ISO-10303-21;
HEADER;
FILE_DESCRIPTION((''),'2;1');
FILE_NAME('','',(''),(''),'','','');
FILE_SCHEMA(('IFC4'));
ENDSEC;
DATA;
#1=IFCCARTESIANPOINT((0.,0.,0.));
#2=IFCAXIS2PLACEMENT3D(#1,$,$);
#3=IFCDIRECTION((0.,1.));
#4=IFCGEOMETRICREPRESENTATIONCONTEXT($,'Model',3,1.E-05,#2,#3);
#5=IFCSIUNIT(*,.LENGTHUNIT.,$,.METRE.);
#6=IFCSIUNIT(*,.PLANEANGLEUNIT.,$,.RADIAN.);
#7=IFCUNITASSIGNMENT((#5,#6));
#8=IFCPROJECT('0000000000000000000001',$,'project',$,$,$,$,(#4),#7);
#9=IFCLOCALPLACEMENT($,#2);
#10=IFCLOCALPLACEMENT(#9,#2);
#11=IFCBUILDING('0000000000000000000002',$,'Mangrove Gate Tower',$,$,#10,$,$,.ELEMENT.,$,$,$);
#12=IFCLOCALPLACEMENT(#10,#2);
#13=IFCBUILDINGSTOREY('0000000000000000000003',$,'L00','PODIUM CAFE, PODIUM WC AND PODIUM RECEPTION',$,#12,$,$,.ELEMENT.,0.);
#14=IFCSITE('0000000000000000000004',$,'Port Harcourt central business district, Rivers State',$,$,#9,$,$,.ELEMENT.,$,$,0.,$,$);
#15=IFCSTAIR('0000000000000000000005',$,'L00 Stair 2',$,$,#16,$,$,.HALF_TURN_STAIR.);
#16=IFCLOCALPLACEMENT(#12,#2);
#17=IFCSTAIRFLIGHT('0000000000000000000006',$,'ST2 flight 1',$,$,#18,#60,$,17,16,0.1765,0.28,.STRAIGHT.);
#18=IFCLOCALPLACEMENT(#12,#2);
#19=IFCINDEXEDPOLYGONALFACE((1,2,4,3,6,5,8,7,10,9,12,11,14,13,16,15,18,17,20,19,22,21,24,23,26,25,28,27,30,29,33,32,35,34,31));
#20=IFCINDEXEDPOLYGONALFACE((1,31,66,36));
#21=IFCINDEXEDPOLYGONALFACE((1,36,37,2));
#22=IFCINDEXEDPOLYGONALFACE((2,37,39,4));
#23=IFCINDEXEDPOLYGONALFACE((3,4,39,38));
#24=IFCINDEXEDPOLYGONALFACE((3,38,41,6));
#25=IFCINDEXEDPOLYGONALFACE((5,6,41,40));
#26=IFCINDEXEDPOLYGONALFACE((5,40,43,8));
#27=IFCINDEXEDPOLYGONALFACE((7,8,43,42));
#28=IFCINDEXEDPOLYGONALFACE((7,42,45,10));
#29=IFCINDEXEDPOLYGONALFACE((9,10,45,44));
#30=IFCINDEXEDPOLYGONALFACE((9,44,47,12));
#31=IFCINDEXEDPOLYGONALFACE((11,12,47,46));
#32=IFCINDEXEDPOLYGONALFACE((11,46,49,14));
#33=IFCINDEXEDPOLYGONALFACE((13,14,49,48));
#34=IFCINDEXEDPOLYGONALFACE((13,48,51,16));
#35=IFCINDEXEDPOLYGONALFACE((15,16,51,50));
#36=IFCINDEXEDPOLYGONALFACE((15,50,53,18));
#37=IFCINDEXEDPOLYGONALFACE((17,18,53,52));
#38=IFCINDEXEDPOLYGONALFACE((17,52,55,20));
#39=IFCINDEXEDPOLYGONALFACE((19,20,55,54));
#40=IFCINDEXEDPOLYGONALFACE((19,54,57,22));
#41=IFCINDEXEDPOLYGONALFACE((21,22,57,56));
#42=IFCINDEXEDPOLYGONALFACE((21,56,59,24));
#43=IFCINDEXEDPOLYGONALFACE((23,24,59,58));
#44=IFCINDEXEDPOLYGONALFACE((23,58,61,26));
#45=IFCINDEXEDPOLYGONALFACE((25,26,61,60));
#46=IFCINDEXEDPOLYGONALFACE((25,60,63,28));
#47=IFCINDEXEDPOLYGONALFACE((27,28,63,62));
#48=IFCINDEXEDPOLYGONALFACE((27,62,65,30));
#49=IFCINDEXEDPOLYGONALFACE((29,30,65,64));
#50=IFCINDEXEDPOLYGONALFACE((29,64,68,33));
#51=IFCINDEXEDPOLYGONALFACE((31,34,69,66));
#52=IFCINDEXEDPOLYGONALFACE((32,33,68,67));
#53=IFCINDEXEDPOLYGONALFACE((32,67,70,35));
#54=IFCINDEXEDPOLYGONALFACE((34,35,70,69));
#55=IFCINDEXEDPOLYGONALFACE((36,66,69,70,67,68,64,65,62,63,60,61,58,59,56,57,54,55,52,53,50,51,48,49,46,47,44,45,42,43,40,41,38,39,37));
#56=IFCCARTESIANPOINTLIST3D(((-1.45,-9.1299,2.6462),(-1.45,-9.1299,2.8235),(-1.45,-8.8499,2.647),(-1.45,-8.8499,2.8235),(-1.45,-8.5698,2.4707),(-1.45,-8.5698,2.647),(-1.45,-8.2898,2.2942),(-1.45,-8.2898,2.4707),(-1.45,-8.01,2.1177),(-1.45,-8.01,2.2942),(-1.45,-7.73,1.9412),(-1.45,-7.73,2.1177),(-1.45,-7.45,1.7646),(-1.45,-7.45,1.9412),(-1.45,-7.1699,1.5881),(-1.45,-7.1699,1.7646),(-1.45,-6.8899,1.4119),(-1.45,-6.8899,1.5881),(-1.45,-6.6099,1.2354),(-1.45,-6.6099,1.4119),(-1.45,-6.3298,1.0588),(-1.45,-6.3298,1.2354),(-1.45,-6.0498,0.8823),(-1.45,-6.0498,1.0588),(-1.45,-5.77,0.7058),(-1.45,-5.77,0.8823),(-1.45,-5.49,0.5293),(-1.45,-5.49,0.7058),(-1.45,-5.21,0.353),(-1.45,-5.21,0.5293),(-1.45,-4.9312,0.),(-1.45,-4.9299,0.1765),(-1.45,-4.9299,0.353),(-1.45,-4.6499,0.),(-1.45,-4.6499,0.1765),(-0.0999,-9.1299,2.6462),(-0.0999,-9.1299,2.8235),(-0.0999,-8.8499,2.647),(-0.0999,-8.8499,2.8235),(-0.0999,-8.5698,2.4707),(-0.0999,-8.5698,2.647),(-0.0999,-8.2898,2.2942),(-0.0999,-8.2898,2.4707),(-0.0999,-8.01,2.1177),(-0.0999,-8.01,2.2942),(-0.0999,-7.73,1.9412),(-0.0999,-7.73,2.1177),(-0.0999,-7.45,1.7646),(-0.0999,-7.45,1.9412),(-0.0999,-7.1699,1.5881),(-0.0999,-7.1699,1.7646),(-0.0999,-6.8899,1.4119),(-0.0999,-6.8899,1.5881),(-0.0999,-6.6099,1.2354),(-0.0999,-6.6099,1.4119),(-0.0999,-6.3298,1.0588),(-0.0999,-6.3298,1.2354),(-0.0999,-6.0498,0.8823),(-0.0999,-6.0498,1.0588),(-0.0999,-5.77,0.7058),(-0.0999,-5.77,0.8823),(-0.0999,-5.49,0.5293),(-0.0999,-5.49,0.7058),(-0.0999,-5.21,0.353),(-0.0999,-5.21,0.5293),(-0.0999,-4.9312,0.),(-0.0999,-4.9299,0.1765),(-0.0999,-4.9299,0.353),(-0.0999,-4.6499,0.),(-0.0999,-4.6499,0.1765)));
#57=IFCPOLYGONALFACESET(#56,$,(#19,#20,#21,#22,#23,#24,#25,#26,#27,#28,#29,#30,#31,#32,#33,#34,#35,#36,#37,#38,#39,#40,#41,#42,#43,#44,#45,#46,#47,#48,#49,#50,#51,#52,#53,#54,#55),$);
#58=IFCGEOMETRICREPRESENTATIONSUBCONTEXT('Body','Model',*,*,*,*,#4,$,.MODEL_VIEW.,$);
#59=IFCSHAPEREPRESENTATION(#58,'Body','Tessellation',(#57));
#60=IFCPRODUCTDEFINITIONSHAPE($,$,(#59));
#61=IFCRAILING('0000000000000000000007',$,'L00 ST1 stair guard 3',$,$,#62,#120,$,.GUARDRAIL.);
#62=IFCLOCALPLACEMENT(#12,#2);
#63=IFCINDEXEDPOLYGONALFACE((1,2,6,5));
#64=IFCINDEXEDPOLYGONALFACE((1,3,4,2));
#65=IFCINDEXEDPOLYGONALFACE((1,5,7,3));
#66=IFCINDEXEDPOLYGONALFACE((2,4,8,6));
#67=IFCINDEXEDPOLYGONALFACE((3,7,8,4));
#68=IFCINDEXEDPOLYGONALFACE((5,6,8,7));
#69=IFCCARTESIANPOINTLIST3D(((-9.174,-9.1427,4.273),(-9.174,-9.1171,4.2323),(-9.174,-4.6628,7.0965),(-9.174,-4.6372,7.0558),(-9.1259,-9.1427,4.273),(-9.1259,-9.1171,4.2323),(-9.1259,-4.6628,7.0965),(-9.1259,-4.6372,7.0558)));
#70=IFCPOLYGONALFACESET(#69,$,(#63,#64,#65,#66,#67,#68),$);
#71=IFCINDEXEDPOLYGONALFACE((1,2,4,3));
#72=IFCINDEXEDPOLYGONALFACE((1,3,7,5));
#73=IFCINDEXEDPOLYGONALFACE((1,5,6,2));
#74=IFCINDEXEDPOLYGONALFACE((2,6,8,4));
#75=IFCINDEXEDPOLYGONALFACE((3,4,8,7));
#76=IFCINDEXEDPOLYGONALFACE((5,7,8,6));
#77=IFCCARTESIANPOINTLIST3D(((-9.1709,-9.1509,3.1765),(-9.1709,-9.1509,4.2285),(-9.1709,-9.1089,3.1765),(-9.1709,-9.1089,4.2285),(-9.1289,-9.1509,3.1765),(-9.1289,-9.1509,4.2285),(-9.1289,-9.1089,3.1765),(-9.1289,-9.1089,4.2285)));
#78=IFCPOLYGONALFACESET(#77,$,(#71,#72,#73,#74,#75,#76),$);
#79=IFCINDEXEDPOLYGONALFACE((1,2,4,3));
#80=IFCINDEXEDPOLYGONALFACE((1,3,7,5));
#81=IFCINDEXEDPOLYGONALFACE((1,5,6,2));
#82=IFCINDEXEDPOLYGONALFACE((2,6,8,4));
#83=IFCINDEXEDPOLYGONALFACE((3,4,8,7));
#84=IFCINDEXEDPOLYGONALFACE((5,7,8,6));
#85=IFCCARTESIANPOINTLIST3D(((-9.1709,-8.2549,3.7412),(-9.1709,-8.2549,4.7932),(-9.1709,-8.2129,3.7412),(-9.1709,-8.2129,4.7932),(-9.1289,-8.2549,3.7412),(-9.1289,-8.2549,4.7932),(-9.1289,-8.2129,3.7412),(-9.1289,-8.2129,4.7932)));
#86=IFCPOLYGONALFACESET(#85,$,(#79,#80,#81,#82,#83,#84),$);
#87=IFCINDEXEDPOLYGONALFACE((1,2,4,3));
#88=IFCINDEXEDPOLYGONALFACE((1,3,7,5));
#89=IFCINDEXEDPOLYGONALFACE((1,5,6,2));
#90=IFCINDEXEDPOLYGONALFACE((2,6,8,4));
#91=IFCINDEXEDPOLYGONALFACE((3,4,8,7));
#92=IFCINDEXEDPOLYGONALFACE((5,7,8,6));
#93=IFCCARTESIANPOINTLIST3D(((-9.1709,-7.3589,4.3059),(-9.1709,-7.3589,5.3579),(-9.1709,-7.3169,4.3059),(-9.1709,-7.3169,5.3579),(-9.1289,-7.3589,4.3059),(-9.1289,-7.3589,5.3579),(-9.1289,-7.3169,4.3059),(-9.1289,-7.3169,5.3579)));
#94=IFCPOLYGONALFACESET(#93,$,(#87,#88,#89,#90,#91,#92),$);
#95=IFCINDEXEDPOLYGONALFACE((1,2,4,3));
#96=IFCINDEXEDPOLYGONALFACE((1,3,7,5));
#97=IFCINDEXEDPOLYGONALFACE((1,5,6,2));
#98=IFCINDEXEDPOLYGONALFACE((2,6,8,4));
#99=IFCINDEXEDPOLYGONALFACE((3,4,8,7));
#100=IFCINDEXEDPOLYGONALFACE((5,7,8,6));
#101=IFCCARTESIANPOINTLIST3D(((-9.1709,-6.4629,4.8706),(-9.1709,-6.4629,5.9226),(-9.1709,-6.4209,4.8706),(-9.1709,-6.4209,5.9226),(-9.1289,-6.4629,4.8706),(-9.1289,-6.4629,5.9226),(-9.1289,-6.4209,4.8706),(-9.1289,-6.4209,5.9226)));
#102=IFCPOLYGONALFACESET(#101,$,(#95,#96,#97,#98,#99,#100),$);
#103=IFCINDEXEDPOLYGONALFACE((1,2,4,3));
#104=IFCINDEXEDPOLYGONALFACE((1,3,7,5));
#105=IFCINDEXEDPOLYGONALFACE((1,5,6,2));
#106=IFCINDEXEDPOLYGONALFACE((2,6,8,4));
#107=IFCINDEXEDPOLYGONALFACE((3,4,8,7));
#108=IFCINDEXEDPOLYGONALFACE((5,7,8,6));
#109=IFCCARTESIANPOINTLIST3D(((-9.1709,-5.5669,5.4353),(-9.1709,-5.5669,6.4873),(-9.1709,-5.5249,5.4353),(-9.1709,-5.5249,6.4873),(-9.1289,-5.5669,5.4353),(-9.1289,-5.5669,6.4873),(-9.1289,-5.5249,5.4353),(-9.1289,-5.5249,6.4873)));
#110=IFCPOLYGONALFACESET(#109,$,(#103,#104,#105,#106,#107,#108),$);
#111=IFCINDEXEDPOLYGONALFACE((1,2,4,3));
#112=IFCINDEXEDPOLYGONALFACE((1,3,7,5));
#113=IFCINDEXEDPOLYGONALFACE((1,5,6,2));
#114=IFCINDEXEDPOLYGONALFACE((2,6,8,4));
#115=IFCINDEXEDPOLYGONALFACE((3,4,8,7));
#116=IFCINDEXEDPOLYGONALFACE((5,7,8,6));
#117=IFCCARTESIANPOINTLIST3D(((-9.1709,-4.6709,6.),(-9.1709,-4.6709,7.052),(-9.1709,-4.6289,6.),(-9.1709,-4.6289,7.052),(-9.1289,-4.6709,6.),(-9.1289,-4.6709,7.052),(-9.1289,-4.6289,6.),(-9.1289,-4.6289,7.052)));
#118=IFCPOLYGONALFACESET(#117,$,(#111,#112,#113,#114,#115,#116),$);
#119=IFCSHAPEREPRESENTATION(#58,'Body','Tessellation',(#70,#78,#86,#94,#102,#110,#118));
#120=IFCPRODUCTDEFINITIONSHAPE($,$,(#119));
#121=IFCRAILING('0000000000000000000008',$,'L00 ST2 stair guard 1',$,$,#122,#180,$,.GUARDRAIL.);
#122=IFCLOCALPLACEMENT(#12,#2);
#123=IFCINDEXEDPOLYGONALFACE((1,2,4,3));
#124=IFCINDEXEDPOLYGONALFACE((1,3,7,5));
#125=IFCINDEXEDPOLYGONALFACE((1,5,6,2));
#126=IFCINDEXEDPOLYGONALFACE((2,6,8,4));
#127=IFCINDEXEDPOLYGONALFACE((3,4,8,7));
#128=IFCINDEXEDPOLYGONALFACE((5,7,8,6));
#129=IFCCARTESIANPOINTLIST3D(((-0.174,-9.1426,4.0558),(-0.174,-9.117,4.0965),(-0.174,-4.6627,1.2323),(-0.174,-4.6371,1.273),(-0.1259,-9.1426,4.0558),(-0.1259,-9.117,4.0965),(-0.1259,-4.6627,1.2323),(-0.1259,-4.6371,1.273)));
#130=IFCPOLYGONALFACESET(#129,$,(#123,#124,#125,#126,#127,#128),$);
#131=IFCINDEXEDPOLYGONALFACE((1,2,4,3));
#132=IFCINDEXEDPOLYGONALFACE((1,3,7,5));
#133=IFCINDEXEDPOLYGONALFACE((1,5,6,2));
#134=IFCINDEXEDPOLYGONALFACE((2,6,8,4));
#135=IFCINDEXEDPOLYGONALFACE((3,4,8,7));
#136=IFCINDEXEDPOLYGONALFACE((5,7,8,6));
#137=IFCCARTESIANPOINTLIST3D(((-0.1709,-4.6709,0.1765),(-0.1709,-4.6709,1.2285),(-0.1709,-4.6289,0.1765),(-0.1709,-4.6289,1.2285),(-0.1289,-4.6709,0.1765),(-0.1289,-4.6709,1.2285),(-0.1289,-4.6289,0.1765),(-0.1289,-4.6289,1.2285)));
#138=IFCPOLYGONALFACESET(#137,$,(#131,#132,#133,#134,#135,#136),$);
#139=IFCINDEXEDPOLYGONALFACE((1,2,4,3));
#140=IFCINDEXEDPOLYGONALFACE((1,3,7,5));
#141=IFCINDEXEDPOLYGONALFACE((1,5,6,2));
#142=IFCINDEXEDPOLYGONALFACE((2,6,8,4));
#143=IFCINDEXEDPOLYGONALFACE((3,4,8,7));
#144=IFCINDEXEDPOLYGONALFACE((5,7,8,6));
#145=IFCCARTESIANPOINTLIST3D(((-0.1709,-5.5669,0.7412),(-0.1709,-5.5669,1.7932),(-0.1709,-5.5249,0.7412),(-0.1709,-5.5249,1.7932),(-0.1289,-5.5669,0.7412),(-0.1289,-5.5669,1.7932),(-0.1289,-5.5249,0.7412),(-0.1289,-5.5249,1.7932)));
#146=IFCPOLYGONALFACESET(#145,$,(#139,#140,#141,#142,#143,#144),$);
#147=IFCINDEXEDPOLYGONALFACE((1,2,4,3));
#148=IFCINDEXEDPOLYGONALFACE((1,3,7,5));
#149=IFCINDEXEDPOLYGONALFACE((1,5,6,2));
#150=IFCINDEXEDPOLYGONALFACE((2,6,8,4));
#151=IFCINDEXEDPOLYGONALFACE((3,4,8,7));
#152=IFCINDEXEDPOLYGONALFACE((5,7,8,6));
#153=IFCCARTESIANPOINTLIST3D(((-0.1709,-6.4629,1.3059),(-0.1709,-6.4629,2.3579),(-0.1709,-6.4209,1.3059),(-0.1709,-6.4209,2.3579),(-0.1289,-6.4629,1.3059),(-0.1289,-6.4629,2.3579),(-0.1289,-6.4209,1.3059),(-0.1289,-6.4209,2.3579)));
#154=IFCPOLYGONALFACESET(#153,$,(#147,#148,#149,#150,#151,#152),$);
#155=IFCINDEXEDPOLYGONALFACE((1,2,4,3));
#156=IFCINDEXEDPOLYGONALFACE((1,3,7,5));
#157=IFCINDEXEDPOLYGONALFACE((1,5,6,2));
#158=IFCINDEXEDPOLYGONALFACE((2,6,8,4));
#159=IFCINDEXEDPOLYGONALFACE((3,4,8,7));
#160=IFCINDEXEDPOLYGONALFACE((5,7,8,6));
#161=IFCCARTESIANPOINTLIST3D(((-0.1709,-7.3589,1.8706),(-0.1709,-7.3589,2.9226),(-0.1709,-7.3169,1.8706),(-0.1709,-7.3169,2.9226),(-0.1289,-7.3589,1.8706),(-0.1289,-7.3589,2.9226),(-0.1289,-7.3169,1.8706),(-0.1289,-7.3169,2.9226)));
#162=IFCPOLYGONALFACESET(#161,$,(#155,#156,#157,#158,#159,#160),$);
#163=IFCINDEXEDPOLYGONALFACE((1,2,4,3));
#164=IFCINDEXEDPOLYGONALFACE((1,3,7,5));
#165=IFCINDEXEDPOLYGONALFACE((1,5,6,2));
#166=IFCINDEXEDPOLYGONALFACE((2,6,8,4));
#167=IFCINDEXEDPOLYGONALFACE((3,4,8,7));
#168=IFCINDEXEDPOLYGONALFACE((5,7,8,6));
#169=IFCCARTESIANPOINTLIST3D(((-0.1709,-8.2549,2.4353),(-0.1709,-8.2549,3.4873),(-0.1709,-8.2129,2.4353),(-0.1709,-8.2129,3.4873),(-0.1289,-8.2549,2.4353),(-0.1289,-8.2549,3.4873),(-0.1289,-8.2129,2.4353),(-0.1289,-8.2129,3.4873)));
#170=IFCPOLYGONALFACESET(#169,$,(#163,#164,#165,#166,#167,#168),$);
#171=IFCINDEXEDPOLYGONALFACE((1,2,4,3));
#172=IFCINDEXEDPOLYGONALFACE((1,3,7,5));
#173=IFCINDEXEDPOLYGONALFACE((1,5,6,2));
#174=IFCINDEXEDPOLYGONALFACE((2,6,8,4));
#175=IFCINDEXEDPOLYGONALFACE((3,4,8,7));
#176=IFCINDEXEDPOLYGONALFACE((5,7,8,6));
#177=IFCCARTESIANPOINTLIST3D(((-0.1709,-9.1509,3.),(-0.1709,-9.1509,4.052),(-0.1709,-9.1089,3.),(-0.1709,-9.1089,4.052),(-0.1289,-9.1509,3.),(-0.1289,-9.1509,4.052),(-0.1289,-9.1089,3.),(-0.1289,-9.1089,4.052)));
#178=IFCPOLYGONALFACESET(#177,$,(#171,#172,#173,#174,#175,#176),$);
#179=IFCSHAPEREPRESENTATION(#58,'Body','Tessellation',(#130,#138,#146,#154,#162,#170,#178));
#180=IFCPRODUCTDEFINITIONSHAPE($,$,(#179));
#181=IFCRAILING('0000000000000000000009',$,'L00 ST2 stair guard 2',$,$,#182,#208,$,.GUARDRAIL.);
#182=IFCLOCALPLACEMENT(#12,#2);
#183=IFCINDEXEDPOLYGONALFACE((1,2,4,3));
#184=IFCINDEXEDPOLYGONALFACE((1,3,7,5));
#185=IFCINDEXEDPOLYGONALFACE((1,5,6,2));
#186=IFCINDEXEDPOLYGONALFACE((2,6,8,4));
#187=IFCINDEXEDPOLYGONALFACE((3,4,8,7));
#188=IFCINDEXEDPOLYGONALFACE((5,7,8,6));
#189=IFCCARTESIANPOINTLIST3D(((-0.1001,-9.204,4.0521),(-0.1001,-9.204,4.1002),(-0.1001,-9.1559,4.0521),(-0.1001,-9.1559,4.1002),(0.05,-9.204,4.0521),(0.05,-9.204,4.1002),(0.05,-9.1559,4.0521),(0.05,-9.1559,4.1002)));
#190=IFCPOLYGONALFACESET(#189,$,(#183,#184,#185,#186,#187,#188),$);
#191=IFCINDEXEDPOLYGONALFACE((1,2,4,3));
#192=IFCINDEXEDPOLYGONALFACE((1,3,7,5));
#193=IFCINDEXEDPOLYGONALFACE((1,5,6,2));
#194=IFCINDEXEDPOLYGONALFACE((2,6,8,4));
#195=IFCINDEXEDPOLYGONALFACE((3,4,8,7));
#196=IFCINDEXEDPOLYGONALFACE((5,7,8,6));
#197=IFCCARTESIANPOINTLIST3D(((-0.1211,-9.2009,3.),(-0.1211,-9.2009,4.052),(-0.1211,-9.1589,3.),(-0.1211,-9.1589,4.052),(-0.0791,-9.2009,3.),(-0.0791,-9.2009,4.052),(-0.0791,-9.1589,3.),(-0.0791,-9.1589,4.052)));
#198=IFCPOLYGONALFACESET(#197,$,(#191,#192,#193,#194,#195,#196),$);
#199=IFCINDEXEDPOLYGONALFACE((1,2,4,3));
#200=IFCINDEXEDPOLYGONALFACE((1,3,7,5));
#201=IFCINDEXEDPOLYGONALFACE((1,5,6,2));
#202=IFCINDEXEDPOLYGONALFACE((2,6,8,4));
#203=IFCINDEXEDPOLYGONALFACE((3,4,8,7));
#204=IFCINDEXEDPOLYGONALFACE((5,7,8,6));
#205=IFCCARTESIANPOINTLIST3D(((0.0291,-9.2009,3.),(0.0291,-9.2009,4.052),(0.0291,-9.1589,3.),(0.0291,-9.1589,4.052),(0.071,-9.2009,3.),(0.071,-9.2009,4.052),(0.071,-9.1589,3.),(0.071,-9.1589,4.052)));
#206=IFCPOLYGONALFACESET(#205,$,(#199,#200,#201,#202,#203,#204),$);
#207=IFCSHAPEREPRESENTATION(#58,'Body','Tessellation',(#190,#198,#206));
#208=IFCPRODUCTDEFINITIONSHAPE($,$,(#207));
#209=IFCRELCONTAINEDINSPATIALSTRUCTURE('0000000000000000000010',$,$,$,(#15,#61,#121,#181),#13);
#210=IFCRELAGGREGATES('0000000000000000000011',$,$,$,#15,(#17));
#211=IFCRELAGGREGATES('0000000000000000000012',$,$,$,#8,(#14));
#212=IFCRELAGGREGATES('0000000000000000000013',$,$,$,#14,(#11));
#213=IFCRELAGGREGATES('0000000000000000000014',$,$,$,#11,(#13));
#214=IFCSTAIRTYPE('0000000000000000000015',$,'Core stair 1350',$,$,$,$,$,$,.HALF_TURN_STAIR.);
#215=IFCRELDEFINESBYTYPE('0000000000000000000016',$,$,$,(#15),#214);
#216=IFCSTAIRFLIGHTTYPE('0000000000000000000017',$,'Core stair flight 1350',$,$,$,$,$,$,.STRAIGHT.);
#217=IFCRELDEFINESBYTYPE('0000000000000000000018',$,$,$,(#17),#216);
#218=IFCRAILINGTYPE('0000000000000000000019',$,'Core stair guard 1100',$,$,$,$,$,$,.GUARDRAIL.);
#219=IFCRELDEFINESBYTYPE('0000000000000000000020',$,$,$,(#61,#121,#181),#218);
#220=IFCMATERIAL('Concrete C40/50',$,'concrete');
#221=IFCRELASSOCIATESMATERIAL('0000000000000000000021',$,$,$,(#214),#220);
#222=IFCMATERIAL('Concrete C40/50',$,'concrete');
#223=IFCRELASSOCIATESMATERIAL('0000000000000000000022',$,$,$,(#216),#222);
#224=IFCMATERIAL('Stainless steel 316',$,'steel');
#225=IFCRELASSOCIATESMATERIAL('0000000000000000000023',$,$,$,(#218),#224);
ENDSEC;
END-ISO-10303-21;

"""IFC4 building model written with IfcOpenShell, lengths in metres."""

from ifc_helpers import new_model, si_unit, direction, frame, origin, origin_2d, place, context, subcontext, project, spatial, polyline, rectangle, outline, extrude, material, type_object, element, aggregate, save


model = new_model("IFC4")

# Units and contexts
model_context = context("Model", 3, precision=1e-05, world=origin(), true_north=direction((0.0, 1.0)))
body_context = subcontext(model_context, "Body", "Model", "MODEL_VIEW")
ifc_project = project(units=[si_unit("LENGTHUNIT", "METRE"), si_unit("PLANEANGLEUNIT", "RADIAN")], contexts=[model_context])

# Site, building, storey
site_placement = place(None, origin())
site = spatial("IfcSite", under=ifc_project, at=site_placement, Name="Port Harcourt central business district, Rivers State", CompositionType="ELEMENT", RefElevation=0.0)
building_placement = place(site_placement, origin())
building = spatial("IfcBuilding", under=site, at=building_placement, Name="Mangrove Gate Tower", CompositionType="ELEMENT")
storey_placement = place(building_placement, origin())
storey = spatial("IfcBuildingStorey", under=building, at=storey_placement, Name="L00", Description="PODIUM CAFE, PODIUM WC AND PODIUM RECEPTION", CompositionType="ELEMENT", Elevation=0.0)

# Stair, stair flight
ifc_material_1 = material(Name="Concrete C40/50", Category="concrete")
stair_type = type_object("IfcStairType", Name="Core stair 1350", PredefinedType="HALF_TURN_STAIR", material=ifc_material_1)
ifc_material_2 = material(Name="Concrete C40/50", Category="concrete")
stair_flight_type = type_object("IfcStairFlightType", Name="Core stair flight 1350", PredefinedType="STRAIGHT", material=ifc_material_2)
stair_1_placement = place(storey_placement, origin())
stair_1 = element("IfcStair", 1, at=stair_1_placement, inside=storey, type_object=stair_type, Name="L00 Stair 2", PredefinedType="HALF_TURN_STAIR")
stair_flight_1_placement = place(storey_placement, frame((-0.7749, -4.6499, 0.0), z_axis=(0.0, 0.0, 1.0), x_axis=(0.0, -1.0, 0.0)))
stair_flight_1 = element("IfcStairFlight", 2, at=stair_flight_1_placement, type_object=stair_flight_type, Name="ST2 flight 1", NumberOfRisers=17, NumberOfTreads=16, PredefinedType="STRAIGHT", RiserHeight=0.1765, TreadLength=0.28, context=body_context, shape_type="SweptSolid", body=[
    extrude(outline(polyline([(0.0, 0.0), (0.0, 0.1765), (0.28, 0.1765), (0.28, 0.353), (0.5601, 0.353), (0.5601, 0.5293), (0.8401, 0.5293), (0.8401, 0.7058), (1.1201, 0.7058), (1.1201, 0.8823), (1.3999, 0.8823), (1.3999, 1.0588), (1.6799, 1.0588), (1.6799, 1.2354), (1.96, 1.2354), (1.96, 1.4119), (2.24, 1.4119), (2.24, 1.5881), (2.52, 1.5881), (2.52, 1.7646), (2.8, 1.7646), (2.8, 1.9412), (3.0801, 1.9412), (3.0801, 2.1177), (3.3601, 2.1177), (3.3601, 2.2942), (3.6399, 2.2942), (3.6399, 2.4707), (3.9199, 2.4707), (3.9199, 2.647), (4.2, 2.647), (4.2, 2.8235), (4.48, 2.8235), (4.48, 3.0), (4.48, 2.6462), (0.2812, 0.0), (0.0, 0.0)])), frame((0.0, 0.675, 0.0), z_axis=(0.0, -1.0, 0.0), x_axis=(1.0, 0.0, 0.0)), (0.0, 0.0, 1.0), 1.3501),
])
aggregate(stair_1, [stair_flight_1])

# Railings
ifc_material_3 = material(Name="Stainless steel 316", Category="steel")
railing_type_1 = type_object("IfcRailingType", Name="Core stair guard 1100", PredefinedType="GUARDRAIL", material=ifc_material_3)
railing_1_placement = place(storey_placement, frame((-9.1499, -9.1299, 3.1765)))
element("IfcRailing", 3, at=railing_1_placement, inside=storey, type_object=railing_type_1, Name="L00 ST1 stair guard 3", PredefinedType="GUARDRAIL", context=body_context, shape_type="SweptSolid", body=[
    extrude(rectangle(XDim=0.0481, YDim=0.0481, at=origin_2d()), frame((0.0, 0.0, 1.0762), z_axis=(0.0, 0.845998, 0.533186), x_axis=(-1.0, 0.0, 0.0)), (0.0, 0.0, 1.0), 5.2954),
    extrude(rectangle(XDim=0.042, YDim=0.042, at=origin_2d()), origin(), (0.0, 0.0, 1.0), 1.052),
    extrude(rectangle(XDim=0.042, YDim=0.042, at=origin_2d()), frame((0.0, 0.896, 0.5647)), (0.0, 0.0, 1.0), 1.052),
    extrude(rectangle(XDim=0.042, YDim=0.042, at=origin_2d()), frame((0.0, 1.792, 1.1294)), (0.0, 0.0, 1.0), 1.052),
    extrude(rectangle(XDim=0.042, YDim=0.042, at=origin_2d()), frame((0.0, 2.688, 1.6941)), (0.0, 0.0, 1.0), 1.052),
    extrude(rectangle(XDim=0.042, YDim=0.042, at=origin_2d()), frame((0.0, 3.584, 2.2588)), (0.0, 0.0, 1.0), 1.052),
    extrude(rectangle(XDim=0.042, YDim=0.042, at=origin_2d()), frame((0.0, 4.48, 2.8235)), (0.0, 0.0, 1.0), 1.052),
])
railing_2_placement = place(storey_placement, frame((-0.1499, -4.6499, 0.1765)))
element("IfcRailing", 4, at=railing_2_placement, inside=storey, type_object=railing_type_1, Name="L00 ST2 stair guard 1", PredefinedType="GUARDRAIL", context=body_context, shape_type="SweptSolid", body=[
    extrude(rectangle(XDim=0.0481, YDim=0.0481, at=origin_2d()), frame((0.0, 0.0, 1.0762), z_axis=(0.0, -0.845998, 0.533186), x_axis=(1.0, 0.0, 0.0)), (0.0, 0.0, 1.0), 5.2954),
    extrude(rectangle(XDim=0.042, YDim=0.042, at=origin_2d()), origin(), (0.0, 0.0, 1.0), 1.052),
    extrude(rectangle(XDim=0.042, YDim=0.042, at=origin_2d()), frame((0.0, -0.896, 0.5647)), (0.0, 0.0, 1.0), 1.052),
    extrude(rectangle(XDim=0.042, YDim=0.042, at=origin_2d()), frame((0.0, -1.792, 1.1294)), (0.0, 0.0, 1.0), 1.052),
    extrude(rectangle(XDim=0.042, YDim=0.042, at=origin_2d()), frame((0.0, -2.688, 1.6941)), (0.0, 0.0, 1.0), 1.052),
    extrude(rectangle(XDim=0.042, YDim=0.042, at=origin_2d()), frame((0.0, -3.584, 2.2588)), (0.0, 0.0, 1.0), 1.052),
    extrude(rectangle(XDim=0.042, YDim=0.042, at=origin_2d()), frame((0.0, -4.48, 2.8235)), (0.0, 0.0, 1.0), 1.052),
])
for number, where, name in (
    (5, (-0.1001, -9.1799, 3.0), "L00 ST2 stair guard 2"),
):
    element("IfcRailing", number, at=place(storey_placement, frame(where)), inside=storey, type_object=railing_type_1, Name=name, PredefinedType="GUARDRAIL", context=body_context, shape_type="SweptSolid", body=[
        extrude(rectangle(XDim=0.0481, YDim=0.0481, at=origin_2d()), frame((0.0, 0.0, 1.0762), z_axis=(1.0, 0.0, 0.0), x_axis=(0.0, 1.0, 0.0)), (0.0, 0.0, 1.0), 0.1501),
        extrude(rectangle(XDim=0.042, YDim=0.042, at=origin_2d()), origin(), (0.0, 0.0, 1.0), 1.052),
        extrude(rectangle(XDim=0.042, YDim=0.042, at=origin_2d()), frame((0.1501, 0.0, 0.0)), (0.0, 0.0, 1.0), 1.052),
    ])

save(model, "model.ifc")
